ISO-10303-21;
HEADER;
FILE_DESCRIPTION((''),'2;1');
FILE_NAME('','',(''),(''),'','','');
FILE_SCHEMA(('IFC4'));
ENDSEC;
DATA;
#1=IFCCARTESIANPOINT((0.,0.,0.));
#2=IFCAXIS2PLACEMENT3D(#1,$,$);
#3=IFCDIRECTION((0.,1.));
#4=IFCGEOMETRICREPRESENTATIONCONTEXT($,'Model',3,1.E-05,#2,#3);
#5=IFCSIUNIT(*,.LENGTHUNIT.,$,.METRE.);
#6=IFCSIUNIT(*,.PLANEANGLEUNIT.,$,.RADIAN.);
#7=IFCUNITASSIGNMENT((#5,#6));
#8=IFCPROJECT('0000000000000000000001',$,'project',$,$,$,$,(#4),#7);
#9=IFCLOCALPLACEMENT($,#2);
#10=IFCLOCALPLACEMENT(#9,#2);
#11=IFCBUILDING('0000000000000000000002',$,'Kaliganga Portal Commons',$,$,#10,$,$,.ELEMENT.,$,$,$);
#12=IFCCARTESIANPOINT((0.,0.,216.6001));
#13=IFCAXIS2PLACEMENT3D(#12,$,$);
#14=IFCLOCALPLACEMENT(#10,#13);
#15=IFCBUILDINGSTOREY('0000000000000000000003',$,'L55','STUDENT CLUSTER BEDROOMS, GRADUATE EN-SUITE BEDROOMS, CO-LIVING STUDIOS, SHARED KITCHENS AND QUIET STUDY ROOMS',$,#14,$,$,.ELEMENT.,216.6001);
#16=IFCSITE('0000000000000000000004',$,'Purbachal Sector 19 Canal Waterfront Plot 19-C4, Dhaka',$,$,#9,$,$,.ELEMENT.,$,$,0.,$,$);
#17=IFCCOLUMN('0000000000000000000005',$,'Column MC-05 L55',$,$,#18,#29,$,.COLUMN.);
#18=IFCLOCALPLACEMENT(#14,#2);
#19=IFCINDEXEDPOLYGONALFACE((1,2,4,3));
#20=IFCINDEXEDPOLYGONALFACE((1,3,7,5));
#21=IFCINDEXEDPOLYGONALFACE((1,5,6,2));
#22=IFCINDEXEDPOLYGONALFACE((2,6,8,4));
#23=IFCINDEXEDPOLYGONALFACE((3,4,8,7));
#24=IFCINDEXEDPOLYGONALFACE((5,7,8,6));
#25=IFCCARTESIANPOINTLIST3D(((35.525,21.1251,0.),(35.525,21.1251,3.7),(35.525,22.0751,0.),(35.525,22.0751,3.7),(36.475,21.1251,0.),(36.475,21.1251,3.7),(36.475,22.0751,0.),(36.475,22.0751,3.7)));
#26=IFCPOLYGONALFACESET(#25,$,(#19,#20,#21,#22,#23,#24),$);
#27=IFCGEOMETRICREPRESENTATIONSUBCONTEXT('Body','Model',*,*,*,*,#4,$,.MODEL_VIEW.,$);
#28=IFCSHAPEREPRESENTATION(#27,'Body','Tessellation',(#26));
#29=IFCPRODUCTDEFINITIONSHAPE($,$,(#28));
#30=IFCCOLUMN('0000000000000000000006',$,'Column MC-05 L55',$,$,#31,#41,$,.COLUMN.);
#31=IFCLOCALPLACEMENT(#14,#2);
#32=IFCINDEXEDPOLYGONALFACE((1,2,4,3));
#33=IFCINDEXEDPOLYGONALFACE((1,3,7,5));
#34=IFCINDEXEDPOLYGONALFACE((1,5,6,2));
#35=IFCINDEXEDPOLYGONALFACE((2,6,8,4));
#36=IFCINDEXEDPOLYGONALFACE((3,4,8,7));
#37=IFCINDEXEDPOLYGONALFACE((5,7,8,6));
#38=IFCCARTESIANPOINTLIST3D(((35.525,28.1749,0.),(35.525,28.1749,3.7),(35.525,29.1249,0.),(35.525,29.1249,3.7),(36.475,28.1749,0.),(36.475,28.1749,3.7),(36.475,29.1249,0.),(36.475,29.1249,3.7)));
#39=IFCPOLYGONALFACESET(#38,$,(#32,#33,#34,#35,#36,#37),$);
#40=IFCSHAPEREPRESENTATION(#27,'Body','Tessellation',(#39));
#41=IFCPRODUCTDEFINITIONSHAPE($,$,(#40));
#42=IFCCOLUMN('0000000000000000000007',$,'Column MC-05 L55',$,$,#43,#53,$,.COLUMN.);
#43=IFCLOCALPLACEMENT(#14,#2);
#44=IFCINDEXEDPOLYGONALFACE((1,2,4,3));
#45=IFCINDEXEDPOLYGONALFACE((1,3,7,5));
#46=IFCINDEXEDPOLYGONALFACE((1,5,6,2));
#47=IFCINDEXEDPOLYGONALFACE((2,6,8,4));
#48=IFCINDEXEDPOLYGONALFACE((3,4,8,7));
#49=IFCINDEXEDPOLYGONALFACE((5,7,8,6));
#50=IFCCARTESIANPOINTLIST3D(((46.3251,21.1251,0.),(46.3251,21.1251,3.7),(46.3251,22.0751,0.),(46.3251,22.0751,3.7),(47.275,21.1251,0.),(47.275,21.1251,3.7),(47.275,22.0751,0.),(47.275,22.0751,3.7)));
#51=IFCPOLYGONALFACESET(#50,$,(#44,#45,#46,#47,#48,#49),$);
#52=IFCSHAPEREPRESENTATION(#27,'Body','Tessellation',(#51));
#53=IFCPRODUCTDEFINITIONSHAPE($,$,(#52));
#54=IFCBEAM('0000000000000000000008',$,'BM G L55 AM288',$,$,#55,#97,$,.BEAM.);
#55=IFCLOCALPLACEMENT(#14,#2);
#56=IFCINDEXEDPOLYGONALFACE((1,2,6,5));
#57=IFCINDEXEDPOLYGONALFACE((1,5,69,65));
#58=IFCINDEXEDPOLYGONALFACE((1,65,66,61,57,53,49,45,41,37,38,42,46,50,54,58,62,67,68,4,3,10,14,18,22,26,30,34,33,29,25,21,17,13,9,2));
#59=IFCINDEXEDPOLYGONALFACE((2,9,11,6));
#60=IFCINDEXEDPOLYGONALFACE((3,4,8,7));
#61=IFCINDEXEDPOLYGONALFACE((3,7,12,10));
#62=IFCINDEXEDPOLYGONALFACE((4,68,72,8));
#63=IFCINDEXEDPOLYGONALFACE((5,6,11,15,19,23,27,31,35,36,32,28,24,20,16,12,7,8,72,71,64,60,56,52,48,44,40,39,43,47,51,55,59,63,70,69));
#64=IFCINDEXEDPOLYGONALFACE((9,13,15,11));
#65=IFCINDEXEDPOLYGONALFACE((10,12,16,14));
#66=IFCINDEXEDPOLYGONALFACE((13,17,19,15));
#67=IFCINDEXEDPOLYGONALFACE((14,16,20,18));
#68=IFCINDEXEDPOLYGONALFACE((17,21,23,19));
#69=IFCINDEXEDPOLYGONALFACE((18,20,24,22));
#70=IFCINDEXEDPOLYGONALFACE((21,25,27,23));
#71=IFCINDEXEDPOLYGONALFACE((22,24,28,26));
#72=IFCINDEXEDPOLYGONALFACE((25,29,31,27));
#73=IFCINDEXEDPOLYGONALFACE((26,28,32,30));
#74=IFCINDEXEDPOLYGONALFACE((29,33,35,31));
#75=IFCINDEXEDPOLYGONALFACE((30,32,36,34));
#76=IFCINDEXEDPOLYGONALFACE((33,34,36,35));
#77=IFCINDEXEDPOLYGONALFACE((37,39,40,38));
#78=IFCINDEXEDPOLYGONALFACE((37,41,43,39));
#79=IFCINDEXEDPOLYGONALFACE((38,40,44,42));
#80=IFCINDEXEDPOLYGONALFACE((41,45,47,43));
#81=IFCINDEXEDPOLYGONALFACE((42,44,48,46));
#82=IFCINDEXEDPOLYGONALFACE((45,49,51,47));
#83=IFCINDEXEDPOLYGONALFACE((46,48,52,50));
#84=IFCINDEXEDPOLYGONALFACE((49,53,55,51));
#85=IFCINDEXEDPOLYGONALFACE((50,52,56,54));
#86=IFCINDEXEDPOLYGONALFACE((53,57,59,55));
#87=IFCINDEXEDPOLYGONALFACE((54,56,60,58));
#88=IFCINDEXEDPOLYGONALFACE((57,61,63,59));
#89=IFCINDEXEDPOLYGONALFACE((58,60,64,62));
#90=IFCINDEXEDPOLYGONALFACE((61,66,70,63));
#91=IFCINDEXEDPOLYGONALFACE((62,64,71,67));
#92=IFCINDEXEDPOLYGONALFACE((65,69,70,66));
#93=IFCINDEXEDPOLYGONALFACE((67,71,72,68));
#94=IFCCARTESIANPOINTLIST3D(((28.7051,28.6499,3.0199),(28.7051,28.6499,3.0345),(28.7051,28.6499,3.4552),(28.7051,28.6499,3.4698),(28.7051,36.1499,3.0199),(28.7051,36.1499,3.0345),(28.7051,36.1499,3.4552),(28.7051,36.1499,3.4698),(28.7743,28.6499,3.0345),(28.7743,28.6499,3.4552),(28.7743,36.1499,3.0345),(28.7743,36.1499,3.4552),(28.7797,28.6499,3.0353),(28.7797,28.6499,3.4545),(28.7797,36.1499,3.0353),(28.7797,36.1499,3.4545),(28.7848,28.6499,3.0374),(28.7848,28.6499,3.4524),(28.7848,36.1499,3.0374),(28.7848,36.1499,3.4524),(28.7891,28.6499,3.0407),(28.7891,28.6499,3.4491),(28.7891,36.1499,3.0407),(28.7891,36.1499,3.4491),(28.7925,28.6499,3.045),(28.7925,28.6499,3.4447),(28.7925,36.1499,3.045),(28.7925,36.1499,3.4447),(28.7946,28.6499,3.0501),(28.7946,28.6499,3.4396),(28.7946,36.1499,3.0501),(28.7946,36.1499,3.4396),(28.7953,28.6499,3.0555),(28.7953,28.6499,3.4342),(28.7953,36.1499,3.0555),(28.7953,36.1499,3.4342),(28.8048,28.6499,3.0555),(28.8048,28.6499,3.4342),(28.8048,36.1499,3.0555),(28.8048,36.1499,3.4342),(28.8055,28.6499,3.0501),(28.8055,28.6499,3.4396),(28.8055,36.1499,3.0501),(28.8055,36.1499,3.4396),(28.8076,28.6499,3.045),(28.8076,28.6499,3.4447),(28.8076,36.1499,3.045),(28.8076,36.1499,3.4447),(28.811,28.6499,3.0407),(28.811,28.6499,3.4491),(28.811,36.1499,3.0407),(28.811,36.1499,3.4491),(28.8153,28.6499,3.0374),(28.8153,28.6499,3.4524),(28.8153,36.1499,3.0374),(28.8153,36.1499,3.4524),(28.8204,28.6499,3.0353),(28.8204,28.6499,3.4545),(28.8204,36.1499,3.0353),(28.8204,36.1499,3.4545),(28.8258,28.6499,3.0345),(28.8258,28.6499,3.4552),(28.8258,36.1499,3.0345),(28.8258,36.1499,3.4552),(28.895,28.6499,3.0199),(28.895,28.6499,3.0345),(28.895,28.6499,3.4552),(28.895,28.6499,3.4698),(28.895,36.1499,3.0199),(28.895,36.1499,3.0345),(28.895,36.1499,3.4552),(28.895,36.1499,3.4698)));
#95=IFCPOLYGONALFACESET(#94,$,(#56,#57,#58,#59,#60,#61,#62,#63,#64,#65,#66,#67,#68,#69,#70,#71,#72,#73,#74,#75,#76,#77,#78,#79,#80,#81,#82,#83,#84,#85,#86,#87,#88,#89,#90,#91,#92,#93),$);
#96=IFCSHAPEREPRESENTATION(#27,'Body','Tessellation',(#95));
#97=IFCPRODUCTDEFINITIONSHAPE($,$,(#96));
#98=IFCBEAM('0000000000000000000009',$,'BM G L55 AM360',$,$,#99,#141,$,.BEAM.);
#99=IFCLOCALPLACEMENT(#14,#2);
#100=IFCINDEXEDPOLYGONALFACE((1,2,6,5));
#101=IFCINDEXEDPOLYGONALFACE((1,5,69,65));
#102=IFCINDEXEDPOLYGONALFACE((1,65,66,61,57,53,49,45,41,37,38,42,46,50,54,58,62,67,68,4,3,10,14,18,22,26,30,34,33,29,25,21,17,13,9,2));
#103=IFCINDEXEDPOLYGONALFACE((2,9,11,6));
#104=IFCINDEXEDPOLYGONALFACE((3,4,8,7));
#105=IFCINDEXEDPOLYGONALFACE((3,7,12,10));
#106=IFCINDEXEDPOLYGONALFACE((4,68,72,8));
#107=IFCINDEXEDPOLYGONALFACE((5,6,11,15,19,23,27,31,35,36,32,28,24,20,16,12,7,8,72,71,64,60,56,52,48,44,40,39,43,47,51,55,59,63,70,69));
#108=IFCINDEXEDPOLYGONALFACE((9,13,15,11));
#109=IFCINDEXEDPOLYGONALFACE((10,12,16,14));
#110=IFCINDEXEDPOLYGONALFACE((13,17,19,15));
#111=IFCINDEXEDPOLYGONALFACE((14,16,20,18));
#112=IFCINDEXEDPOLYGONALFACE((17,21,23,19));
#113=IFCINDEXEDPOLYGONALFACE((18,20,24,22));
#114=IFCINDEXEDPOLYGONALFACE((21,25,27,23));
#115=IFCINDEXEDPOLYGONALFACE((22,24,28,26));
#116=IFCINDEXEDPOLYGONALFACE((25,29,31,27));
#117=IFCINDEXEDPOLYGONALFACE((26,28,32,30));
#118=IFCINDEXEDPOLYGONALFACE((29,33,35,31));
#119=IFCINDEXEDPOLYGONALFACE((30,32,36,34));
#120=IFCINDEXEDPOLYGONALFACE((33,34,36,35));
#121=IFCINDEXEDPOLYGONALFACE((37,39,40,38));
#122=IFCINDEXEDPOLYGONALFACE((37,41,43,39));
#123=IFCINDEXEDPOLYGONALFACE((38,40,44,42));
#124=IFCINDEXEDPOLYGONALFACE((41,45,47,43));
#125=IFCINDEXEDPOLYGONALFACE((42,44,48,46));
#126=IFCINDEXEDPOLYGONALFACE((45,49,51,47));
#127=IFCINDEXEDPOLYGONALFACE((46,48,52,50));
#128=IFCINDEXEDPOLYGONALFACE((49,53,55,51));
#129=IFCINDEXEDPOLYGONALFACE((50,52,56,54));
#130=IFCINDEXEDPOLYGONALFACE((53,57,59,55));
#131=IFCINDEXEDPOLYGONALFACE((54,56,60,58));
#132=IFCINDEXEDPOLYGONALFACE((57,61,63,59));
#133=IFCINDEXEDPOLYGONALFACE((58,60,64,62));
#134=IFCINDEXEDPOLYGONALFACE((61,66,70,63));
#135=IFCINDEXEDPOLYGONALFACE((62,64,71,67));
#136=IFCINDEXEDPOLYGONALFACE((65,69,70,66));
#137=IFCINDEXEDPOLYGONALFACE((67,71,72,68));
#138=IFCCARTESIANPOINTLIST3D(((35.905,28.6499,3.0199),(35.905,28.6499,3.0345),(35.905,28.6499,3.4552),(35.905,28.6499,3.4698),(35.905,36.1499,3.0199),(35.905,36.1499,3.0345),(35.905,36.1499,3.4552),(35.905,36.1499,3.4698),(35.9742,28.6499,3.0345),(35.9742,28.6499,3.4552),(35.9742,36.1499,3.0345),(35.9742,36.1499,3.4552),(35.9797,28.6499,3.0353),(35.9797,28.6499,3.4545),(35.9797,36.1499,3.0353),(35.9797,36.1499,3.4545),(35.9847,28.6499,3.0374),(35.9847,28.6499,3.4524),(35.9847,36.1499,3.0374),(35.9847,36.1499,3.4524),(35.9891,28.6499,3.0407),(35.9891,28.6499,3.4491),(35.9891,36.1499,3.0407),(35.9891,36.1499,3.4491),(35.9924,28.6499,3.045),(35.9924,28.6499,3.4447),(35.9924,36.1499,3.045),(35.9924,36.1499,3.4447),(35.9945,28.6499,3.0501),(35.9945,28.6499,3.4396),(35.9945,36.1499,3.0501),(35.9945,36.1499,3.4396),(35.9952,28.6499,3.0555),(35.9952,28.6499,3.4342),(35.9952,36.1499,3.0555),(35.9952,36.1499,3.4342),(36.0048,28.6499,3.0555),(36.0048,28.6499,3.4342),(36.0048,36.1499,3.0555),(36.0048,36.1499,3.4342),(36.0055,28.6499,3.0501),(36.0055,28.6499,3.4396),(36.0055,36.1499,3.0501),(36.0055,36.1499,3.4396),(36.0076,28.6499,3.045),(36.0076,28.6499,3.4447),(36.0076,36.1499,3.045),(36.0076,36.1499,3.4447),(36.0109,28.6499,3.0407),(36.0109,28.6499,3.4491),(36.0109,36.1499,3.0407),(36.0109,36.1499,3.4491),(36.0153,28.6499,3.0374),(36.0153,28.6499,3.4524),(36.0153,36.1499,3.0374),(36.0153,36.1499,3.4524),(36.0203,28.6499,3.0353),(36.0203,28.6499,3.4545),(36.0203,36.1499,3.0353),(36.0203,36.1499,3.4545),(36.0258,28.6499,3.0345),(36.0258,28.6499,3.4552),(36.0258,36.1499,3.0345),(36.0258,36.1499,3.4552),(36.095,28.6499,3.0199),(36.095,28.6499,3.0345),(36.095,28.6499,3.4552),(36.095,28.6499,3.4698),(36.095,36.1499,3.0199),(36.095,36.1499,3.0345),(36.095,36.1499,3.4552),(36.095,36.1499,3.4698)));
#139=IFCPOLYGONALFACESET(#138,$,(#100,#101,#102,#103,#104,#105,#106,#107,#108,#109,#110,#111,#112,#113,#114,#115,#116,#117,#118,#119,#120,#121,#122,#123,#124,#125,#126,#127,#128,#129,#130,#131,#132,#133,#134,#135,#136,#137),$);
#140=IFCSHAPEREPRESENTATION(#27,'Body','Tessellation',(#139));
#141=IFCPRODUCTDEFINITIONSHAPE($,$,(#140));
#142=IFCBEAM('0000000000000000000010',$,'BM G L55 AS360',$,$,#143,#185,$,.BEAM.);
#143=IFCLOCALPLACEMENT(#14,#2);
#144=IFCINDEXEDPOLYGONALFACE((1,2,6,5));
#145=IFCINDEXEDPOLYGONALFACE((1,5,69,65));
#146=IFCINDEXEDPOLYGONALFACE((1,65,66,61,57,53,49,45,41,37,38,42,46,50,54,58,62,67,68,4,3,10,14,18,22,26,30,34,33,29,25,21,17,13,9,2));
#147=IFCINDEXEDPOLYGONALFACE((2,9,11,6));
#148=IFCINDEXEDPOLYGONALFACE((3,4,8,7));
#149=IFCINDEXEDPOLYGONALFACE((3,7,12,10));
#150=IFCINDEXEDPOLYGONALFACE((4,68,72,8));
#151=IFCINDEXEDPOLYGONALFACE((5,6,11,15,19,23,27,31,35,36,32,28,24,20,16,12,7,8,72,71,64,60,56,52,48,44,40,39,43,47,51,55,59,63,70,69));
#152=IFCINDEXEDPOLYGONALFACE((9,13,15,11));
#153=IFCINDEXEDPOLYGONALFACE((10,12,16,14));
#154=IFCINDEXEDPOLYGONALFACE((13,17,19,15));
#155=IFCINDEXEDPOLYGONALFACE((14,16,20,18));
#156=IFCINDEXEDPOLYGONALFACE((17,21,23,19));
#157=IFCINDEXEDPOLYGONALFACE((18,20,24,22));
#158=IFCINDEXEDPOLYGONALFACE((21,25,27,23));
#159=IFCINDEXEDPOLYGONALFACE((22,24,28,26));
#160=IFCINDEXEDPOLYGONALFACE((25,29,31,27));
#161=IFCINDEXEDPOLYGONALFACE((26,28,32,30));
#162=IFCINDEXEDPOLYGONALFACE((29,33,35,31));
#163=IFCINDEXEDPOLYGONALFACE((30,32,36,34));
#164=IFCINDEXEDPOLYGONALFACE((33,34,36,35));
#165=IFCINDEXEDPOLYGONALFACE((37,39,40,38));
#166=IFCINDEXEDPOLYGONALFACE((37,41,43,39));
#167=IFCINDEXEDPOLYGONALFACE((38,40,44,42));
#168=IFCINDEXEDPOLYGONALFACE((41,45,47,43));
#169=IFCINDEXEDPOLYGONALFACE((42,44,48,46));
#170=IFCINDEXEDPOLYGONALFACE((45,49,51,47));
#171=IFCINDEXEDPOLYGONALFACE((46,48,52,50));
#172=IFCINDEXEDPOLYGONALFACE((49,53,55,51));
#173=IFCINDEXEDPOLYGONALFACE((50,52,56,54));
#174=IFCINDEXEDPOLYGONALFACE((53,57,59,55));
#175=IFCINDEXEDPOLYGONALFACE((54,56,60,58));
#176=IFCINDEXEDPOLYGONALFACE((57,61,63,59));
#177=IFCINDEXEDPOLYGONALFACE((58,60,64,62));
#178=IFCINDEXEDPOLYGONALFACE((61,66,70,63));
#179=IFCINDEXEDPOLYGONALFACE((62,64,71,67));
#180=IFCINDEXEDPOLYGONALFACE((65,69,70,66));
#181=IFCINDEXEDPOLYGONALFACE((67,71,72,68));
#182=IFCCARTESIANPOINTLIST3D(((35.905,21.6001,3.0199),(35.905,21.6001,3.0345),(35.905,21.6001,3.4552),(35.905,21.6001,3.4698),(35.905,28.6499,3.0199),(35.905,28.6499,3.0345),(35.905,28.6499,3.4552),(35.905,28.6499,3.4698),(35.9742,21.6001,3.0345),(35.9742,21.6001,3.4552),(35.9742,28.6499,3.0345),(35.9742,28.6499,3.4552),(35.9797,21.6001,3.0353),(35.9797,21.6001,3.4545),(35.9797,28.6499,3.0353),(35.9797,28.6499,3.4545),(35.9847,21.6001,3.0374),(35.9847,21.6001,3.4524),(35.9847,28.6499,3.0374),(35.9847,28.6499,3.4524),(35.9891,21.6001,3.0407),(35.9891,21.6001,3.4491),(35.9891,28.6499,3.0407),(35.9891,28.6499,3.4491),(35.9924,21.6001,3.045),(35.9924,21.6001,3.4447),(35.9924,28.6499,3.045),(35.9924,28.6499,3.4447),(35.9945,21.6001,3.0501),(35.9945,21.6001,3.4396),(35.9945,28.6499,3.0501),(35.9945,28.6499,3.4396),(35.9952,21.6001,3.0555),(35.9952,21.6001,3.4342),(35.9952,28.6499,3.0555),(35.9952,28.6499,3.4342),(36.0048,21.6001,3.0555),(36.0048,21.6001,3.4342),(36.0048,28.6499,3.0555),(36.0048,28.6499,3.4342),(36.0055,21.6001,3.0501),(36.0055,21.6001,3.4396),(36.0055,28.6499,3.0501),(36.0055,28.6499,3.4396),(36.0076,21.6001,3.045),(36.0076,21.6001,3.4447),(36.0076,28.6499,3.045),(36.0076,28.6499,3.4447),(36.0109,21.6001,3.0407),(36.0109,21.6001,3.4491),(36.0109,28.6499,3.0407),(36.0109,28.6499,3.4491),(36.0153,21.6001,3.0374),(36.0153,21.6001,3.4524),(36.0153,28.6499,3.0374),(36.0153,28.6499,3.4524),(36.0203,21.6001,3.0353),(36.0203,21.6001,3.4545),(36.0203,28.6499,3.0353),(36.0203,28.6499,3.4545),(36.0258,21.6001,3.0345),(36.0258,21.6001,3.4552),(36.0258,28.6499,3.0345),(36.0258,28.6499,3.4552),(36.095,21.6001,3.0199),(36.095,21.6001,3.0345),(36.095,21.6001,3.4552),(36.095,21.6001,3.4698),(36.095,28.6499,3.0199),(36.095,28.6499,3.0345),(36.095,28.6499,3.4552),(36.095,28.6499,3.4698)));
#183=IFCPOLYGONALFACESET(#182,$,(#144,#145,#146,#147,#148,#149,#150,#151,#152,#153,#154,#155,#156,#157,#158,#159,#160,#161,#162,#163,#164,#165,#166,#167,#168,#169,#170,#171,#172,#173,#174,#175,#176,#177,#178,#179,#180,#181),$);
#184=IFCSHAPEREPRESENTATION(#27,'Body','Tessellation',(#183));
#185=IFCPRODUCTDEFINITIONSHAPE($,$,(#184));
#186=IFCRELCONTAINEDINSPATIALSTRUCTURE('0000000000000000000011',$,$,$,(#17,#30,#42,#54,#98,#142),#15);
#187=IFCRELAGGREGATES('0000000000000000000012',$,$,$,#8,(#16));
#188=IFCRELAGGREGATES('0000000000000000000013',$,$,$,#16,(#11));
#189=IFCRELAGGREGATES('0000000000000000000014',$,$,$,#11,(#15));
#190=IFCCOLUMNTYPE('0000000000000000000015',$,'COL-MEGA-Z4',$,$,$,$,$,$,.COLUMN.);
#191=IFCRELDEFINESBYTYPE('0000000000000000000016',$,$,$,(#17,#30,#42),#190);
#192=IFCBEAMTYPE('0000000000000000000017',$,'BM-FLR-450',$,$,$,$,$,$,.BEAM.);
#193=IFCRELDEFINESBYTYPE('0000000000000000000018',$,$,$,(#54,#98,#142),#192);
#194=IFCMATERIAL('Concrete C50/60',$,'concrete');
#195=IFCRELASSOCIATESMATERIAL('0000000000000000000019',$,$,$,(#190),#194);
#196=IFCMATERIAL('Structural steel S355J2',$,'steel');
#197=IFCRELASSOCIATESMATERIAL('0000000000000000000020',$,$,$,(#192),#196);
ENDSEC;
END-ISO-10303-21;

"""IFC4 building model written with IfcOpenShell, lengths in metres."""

from ifc_helpers import new_model, si_unit, direction, frame, origin, origin_2d, place, context, subcontext, project, spatial, rectangle, i_section, extrude, source, transform, mapped, material, material_profile, profile_set, type_object, element, save


model = new_model("IFC4")

# Units and contexts
model_context = context("Model", 3, precision=1e-05, world=origin(), true_north=direction((0.0, 1.0)))
body_context = subcontext(model_context, "Body", "Model", "MODEL_VIEW")
ifc_project = project(units=[si_unit("LENGTHUNIT", "METRE"), si_unit("PLANEANGLEUNIT", "RADIAN")], contexts=[model_context])

# Site, building, storey
site_placement = place(None, origin())
site = spatial("IfcSite", under=ifc_project, at=site_placement, Name="Purbachal Sector 19 Canal Waterfront Plot 19-C4, Dhaka", CompositionType="ELEMENT", RefElevation=0.0)
building_placement = place(site_placement, origin())
building = spatial("IfcBuilding", under=site, at=building_placement, Name="Kaliganga Portal Commons", CompositionType="ELEMENT")
storey_placement = place(building_placement, frame((0.0, 0.0, 216.6001)))
storey = spatial("IfcBuildingStorey", under=building, at=storey_placement, Name="L55", Description="STUDENT CLUSTER BEDROOMS, GRADUATE EN-SUITE BEDROOMS, CO-LIVING STUDIOS, SHARED KITCHENS AND QUIET STUDY ROOMS", CompositionType="ELEMENT", Elevation=216.6001)

# Columns
ifc_material_1 = material(Name="Concrete C50/60", Category="concrete")
ifc_material_profile_1 = material_profile(ifc_material_1, rectangle(XDim=0.95, YDim=0.95, at=origin_2d()), Name="RC 950x950")
ifc_profile_set_1 = profile_set([ifc_material_profile_1], Name="Concrete C50/60")
column_type = type_object("IfcColumnType", Name="COL-MEGA-Z4", PredefinedType="COLUMN", material=ifc_profile_set_1)
shared_shape_1 = source(origin(), body_context, "Body", "SweptSolid", [
    extrude(rectangle(XDim=0.95, YDim=0.95, at=origin_2d()), origin(), (0.0, 0.0, 1.0), 3.7),
])
for number, where, z_axis, x_axis, name in (
    (1, (36.0, 21.6001, 0.0), (0.0, 0.0, 1.0), (1.0, 0.0, 0.0), "Column MC-05 L55"),
    (2, (36.0, 28.6499, 0.0), (0.0, 0.0, 1.0), (1.0, 0.0, 0.0), "Column MC-05 L55"),
    (3, (46.8, 21.6001, 0.0), (0.0, 0.0, 1.0), (1.0, 0.0, 0.0), "Column MC-05 L55"),
):
    element("IfcColumn", number, at=place(storey_placement, frame(where, z_axis=z_axis, x_axis=x_axis)), inside=storey, type_object=column_type, Name=name, PredefinedType="COLUMN", context=body_context, shape_type="MappedRepresentation", body=[
        mapped(shared_shape_1, transform((0.0, 0.0, 0.0), x_axis=(1.0, 0.0, 0.0), y_axis=(0.0, 1.0, 0.0), z_axis=(0.0, 0.0, 1.0), scale=1.0)),
    ])

# Beams
ifc_material_2 = material(Name="Structural steel S355J2", Category="steel")
ifc_material_profile_2 = material_profile(ifc_material_2, i_section(OverallWidth=0.1899, OverallDepth=0.45, WebThickness=0.0095, FlangeThickness=0.0146, FilletRadius=0.021, at=origin_2d()), Name="IPE 450")
ifc_profile_set_2 = profile_set([ifc_material_profile_2], Name="Structural steel S355J2 wide-flange")
beam_type_1 = type_object("IfcBeamType", Name="BM-FLR-450", PredefinedType="BEAM", material=ifc_profile_set_2)
shared_shape_2 = source(origin(), body_context, "Body", "SweptSolid", [
    extrude(i_section(OverallWidth=0.1899, OverallDepth=0.45, WebThickness=0.0095, FlangeThickness=0.0146, FilletRadius=0.021, at=origin_2d()), origin(), (0.0, 0.0, 1.0), 7.5),
])
for number, where, z_axis, x_axis, name in (
    (4, (28.8, 28.6499, 3.2449), (0.0, 1.0, 0.0), (-1.0, 0.0, 0.0), "BM G L55 AM288"),
    (5, (36.0, 28.6499, 3.2449), (0.0, 1.0, 0.0), (-1.0, 0.0, 0.0), "BM G L55 AM360"),
):
    element("IfcBeam", number, at=place(storey_placement, frame(where, z_axis=z_axis, x_axis=x_axis)), inside=storey, type_object=beam_type_1, Name=name, PredefinedType="BEAM", context=body_context, shape_type="MappedRepresentation", body=[
        mapped(shared_shape_2, transform((0.0, 0.0, 0.0), x_axis=(1.0, 0.0, 0.0), y_axis=(0.0, 1.0, 0.0), z_axis=(0.0, 0.0, 1.0), scale=1.0)),
    ])
shared_shape_3 = source(origin(), body_context, "Body", "SweptSolid", [
    extrude(i_section(OverallWidth=0.1899, OverallDepth=0.45, WebThickness=0.0095, FlangeThickness=0.0146, FilletRadius=0.021, at=origin_2d()), origin(), (0.0, 0.0, 1.0), 7.0498),
])
for number, where, z_axis, x_axis, name in (
    (6, (36.0, 21.6001, 3.2449), (0.0, 1.0, 0.0), (-1.0, 0.0, 0.0), "BM G L55 AS360"),
):
    element("IfcBeam", number, at=place(storey_placement, frame(where, z_axis=z_axis, x_axis=x_axis)), inside=storey, type_object=beam_type_1, Name=name, PredefinedType="BEAM", context=body_context, shape_type="MappedRepresentation", body=[
        mapped(shared_shape_3, transform((0.0, 0.0, 0.0), x_axis=(1.0, 0.0, 0.0), y_axis=(0.0, 1.0, 0.0), z_axis=(0.0, 0.0, 1.0), scale=1.0)),
    ])

save(model, "model.ifc")
